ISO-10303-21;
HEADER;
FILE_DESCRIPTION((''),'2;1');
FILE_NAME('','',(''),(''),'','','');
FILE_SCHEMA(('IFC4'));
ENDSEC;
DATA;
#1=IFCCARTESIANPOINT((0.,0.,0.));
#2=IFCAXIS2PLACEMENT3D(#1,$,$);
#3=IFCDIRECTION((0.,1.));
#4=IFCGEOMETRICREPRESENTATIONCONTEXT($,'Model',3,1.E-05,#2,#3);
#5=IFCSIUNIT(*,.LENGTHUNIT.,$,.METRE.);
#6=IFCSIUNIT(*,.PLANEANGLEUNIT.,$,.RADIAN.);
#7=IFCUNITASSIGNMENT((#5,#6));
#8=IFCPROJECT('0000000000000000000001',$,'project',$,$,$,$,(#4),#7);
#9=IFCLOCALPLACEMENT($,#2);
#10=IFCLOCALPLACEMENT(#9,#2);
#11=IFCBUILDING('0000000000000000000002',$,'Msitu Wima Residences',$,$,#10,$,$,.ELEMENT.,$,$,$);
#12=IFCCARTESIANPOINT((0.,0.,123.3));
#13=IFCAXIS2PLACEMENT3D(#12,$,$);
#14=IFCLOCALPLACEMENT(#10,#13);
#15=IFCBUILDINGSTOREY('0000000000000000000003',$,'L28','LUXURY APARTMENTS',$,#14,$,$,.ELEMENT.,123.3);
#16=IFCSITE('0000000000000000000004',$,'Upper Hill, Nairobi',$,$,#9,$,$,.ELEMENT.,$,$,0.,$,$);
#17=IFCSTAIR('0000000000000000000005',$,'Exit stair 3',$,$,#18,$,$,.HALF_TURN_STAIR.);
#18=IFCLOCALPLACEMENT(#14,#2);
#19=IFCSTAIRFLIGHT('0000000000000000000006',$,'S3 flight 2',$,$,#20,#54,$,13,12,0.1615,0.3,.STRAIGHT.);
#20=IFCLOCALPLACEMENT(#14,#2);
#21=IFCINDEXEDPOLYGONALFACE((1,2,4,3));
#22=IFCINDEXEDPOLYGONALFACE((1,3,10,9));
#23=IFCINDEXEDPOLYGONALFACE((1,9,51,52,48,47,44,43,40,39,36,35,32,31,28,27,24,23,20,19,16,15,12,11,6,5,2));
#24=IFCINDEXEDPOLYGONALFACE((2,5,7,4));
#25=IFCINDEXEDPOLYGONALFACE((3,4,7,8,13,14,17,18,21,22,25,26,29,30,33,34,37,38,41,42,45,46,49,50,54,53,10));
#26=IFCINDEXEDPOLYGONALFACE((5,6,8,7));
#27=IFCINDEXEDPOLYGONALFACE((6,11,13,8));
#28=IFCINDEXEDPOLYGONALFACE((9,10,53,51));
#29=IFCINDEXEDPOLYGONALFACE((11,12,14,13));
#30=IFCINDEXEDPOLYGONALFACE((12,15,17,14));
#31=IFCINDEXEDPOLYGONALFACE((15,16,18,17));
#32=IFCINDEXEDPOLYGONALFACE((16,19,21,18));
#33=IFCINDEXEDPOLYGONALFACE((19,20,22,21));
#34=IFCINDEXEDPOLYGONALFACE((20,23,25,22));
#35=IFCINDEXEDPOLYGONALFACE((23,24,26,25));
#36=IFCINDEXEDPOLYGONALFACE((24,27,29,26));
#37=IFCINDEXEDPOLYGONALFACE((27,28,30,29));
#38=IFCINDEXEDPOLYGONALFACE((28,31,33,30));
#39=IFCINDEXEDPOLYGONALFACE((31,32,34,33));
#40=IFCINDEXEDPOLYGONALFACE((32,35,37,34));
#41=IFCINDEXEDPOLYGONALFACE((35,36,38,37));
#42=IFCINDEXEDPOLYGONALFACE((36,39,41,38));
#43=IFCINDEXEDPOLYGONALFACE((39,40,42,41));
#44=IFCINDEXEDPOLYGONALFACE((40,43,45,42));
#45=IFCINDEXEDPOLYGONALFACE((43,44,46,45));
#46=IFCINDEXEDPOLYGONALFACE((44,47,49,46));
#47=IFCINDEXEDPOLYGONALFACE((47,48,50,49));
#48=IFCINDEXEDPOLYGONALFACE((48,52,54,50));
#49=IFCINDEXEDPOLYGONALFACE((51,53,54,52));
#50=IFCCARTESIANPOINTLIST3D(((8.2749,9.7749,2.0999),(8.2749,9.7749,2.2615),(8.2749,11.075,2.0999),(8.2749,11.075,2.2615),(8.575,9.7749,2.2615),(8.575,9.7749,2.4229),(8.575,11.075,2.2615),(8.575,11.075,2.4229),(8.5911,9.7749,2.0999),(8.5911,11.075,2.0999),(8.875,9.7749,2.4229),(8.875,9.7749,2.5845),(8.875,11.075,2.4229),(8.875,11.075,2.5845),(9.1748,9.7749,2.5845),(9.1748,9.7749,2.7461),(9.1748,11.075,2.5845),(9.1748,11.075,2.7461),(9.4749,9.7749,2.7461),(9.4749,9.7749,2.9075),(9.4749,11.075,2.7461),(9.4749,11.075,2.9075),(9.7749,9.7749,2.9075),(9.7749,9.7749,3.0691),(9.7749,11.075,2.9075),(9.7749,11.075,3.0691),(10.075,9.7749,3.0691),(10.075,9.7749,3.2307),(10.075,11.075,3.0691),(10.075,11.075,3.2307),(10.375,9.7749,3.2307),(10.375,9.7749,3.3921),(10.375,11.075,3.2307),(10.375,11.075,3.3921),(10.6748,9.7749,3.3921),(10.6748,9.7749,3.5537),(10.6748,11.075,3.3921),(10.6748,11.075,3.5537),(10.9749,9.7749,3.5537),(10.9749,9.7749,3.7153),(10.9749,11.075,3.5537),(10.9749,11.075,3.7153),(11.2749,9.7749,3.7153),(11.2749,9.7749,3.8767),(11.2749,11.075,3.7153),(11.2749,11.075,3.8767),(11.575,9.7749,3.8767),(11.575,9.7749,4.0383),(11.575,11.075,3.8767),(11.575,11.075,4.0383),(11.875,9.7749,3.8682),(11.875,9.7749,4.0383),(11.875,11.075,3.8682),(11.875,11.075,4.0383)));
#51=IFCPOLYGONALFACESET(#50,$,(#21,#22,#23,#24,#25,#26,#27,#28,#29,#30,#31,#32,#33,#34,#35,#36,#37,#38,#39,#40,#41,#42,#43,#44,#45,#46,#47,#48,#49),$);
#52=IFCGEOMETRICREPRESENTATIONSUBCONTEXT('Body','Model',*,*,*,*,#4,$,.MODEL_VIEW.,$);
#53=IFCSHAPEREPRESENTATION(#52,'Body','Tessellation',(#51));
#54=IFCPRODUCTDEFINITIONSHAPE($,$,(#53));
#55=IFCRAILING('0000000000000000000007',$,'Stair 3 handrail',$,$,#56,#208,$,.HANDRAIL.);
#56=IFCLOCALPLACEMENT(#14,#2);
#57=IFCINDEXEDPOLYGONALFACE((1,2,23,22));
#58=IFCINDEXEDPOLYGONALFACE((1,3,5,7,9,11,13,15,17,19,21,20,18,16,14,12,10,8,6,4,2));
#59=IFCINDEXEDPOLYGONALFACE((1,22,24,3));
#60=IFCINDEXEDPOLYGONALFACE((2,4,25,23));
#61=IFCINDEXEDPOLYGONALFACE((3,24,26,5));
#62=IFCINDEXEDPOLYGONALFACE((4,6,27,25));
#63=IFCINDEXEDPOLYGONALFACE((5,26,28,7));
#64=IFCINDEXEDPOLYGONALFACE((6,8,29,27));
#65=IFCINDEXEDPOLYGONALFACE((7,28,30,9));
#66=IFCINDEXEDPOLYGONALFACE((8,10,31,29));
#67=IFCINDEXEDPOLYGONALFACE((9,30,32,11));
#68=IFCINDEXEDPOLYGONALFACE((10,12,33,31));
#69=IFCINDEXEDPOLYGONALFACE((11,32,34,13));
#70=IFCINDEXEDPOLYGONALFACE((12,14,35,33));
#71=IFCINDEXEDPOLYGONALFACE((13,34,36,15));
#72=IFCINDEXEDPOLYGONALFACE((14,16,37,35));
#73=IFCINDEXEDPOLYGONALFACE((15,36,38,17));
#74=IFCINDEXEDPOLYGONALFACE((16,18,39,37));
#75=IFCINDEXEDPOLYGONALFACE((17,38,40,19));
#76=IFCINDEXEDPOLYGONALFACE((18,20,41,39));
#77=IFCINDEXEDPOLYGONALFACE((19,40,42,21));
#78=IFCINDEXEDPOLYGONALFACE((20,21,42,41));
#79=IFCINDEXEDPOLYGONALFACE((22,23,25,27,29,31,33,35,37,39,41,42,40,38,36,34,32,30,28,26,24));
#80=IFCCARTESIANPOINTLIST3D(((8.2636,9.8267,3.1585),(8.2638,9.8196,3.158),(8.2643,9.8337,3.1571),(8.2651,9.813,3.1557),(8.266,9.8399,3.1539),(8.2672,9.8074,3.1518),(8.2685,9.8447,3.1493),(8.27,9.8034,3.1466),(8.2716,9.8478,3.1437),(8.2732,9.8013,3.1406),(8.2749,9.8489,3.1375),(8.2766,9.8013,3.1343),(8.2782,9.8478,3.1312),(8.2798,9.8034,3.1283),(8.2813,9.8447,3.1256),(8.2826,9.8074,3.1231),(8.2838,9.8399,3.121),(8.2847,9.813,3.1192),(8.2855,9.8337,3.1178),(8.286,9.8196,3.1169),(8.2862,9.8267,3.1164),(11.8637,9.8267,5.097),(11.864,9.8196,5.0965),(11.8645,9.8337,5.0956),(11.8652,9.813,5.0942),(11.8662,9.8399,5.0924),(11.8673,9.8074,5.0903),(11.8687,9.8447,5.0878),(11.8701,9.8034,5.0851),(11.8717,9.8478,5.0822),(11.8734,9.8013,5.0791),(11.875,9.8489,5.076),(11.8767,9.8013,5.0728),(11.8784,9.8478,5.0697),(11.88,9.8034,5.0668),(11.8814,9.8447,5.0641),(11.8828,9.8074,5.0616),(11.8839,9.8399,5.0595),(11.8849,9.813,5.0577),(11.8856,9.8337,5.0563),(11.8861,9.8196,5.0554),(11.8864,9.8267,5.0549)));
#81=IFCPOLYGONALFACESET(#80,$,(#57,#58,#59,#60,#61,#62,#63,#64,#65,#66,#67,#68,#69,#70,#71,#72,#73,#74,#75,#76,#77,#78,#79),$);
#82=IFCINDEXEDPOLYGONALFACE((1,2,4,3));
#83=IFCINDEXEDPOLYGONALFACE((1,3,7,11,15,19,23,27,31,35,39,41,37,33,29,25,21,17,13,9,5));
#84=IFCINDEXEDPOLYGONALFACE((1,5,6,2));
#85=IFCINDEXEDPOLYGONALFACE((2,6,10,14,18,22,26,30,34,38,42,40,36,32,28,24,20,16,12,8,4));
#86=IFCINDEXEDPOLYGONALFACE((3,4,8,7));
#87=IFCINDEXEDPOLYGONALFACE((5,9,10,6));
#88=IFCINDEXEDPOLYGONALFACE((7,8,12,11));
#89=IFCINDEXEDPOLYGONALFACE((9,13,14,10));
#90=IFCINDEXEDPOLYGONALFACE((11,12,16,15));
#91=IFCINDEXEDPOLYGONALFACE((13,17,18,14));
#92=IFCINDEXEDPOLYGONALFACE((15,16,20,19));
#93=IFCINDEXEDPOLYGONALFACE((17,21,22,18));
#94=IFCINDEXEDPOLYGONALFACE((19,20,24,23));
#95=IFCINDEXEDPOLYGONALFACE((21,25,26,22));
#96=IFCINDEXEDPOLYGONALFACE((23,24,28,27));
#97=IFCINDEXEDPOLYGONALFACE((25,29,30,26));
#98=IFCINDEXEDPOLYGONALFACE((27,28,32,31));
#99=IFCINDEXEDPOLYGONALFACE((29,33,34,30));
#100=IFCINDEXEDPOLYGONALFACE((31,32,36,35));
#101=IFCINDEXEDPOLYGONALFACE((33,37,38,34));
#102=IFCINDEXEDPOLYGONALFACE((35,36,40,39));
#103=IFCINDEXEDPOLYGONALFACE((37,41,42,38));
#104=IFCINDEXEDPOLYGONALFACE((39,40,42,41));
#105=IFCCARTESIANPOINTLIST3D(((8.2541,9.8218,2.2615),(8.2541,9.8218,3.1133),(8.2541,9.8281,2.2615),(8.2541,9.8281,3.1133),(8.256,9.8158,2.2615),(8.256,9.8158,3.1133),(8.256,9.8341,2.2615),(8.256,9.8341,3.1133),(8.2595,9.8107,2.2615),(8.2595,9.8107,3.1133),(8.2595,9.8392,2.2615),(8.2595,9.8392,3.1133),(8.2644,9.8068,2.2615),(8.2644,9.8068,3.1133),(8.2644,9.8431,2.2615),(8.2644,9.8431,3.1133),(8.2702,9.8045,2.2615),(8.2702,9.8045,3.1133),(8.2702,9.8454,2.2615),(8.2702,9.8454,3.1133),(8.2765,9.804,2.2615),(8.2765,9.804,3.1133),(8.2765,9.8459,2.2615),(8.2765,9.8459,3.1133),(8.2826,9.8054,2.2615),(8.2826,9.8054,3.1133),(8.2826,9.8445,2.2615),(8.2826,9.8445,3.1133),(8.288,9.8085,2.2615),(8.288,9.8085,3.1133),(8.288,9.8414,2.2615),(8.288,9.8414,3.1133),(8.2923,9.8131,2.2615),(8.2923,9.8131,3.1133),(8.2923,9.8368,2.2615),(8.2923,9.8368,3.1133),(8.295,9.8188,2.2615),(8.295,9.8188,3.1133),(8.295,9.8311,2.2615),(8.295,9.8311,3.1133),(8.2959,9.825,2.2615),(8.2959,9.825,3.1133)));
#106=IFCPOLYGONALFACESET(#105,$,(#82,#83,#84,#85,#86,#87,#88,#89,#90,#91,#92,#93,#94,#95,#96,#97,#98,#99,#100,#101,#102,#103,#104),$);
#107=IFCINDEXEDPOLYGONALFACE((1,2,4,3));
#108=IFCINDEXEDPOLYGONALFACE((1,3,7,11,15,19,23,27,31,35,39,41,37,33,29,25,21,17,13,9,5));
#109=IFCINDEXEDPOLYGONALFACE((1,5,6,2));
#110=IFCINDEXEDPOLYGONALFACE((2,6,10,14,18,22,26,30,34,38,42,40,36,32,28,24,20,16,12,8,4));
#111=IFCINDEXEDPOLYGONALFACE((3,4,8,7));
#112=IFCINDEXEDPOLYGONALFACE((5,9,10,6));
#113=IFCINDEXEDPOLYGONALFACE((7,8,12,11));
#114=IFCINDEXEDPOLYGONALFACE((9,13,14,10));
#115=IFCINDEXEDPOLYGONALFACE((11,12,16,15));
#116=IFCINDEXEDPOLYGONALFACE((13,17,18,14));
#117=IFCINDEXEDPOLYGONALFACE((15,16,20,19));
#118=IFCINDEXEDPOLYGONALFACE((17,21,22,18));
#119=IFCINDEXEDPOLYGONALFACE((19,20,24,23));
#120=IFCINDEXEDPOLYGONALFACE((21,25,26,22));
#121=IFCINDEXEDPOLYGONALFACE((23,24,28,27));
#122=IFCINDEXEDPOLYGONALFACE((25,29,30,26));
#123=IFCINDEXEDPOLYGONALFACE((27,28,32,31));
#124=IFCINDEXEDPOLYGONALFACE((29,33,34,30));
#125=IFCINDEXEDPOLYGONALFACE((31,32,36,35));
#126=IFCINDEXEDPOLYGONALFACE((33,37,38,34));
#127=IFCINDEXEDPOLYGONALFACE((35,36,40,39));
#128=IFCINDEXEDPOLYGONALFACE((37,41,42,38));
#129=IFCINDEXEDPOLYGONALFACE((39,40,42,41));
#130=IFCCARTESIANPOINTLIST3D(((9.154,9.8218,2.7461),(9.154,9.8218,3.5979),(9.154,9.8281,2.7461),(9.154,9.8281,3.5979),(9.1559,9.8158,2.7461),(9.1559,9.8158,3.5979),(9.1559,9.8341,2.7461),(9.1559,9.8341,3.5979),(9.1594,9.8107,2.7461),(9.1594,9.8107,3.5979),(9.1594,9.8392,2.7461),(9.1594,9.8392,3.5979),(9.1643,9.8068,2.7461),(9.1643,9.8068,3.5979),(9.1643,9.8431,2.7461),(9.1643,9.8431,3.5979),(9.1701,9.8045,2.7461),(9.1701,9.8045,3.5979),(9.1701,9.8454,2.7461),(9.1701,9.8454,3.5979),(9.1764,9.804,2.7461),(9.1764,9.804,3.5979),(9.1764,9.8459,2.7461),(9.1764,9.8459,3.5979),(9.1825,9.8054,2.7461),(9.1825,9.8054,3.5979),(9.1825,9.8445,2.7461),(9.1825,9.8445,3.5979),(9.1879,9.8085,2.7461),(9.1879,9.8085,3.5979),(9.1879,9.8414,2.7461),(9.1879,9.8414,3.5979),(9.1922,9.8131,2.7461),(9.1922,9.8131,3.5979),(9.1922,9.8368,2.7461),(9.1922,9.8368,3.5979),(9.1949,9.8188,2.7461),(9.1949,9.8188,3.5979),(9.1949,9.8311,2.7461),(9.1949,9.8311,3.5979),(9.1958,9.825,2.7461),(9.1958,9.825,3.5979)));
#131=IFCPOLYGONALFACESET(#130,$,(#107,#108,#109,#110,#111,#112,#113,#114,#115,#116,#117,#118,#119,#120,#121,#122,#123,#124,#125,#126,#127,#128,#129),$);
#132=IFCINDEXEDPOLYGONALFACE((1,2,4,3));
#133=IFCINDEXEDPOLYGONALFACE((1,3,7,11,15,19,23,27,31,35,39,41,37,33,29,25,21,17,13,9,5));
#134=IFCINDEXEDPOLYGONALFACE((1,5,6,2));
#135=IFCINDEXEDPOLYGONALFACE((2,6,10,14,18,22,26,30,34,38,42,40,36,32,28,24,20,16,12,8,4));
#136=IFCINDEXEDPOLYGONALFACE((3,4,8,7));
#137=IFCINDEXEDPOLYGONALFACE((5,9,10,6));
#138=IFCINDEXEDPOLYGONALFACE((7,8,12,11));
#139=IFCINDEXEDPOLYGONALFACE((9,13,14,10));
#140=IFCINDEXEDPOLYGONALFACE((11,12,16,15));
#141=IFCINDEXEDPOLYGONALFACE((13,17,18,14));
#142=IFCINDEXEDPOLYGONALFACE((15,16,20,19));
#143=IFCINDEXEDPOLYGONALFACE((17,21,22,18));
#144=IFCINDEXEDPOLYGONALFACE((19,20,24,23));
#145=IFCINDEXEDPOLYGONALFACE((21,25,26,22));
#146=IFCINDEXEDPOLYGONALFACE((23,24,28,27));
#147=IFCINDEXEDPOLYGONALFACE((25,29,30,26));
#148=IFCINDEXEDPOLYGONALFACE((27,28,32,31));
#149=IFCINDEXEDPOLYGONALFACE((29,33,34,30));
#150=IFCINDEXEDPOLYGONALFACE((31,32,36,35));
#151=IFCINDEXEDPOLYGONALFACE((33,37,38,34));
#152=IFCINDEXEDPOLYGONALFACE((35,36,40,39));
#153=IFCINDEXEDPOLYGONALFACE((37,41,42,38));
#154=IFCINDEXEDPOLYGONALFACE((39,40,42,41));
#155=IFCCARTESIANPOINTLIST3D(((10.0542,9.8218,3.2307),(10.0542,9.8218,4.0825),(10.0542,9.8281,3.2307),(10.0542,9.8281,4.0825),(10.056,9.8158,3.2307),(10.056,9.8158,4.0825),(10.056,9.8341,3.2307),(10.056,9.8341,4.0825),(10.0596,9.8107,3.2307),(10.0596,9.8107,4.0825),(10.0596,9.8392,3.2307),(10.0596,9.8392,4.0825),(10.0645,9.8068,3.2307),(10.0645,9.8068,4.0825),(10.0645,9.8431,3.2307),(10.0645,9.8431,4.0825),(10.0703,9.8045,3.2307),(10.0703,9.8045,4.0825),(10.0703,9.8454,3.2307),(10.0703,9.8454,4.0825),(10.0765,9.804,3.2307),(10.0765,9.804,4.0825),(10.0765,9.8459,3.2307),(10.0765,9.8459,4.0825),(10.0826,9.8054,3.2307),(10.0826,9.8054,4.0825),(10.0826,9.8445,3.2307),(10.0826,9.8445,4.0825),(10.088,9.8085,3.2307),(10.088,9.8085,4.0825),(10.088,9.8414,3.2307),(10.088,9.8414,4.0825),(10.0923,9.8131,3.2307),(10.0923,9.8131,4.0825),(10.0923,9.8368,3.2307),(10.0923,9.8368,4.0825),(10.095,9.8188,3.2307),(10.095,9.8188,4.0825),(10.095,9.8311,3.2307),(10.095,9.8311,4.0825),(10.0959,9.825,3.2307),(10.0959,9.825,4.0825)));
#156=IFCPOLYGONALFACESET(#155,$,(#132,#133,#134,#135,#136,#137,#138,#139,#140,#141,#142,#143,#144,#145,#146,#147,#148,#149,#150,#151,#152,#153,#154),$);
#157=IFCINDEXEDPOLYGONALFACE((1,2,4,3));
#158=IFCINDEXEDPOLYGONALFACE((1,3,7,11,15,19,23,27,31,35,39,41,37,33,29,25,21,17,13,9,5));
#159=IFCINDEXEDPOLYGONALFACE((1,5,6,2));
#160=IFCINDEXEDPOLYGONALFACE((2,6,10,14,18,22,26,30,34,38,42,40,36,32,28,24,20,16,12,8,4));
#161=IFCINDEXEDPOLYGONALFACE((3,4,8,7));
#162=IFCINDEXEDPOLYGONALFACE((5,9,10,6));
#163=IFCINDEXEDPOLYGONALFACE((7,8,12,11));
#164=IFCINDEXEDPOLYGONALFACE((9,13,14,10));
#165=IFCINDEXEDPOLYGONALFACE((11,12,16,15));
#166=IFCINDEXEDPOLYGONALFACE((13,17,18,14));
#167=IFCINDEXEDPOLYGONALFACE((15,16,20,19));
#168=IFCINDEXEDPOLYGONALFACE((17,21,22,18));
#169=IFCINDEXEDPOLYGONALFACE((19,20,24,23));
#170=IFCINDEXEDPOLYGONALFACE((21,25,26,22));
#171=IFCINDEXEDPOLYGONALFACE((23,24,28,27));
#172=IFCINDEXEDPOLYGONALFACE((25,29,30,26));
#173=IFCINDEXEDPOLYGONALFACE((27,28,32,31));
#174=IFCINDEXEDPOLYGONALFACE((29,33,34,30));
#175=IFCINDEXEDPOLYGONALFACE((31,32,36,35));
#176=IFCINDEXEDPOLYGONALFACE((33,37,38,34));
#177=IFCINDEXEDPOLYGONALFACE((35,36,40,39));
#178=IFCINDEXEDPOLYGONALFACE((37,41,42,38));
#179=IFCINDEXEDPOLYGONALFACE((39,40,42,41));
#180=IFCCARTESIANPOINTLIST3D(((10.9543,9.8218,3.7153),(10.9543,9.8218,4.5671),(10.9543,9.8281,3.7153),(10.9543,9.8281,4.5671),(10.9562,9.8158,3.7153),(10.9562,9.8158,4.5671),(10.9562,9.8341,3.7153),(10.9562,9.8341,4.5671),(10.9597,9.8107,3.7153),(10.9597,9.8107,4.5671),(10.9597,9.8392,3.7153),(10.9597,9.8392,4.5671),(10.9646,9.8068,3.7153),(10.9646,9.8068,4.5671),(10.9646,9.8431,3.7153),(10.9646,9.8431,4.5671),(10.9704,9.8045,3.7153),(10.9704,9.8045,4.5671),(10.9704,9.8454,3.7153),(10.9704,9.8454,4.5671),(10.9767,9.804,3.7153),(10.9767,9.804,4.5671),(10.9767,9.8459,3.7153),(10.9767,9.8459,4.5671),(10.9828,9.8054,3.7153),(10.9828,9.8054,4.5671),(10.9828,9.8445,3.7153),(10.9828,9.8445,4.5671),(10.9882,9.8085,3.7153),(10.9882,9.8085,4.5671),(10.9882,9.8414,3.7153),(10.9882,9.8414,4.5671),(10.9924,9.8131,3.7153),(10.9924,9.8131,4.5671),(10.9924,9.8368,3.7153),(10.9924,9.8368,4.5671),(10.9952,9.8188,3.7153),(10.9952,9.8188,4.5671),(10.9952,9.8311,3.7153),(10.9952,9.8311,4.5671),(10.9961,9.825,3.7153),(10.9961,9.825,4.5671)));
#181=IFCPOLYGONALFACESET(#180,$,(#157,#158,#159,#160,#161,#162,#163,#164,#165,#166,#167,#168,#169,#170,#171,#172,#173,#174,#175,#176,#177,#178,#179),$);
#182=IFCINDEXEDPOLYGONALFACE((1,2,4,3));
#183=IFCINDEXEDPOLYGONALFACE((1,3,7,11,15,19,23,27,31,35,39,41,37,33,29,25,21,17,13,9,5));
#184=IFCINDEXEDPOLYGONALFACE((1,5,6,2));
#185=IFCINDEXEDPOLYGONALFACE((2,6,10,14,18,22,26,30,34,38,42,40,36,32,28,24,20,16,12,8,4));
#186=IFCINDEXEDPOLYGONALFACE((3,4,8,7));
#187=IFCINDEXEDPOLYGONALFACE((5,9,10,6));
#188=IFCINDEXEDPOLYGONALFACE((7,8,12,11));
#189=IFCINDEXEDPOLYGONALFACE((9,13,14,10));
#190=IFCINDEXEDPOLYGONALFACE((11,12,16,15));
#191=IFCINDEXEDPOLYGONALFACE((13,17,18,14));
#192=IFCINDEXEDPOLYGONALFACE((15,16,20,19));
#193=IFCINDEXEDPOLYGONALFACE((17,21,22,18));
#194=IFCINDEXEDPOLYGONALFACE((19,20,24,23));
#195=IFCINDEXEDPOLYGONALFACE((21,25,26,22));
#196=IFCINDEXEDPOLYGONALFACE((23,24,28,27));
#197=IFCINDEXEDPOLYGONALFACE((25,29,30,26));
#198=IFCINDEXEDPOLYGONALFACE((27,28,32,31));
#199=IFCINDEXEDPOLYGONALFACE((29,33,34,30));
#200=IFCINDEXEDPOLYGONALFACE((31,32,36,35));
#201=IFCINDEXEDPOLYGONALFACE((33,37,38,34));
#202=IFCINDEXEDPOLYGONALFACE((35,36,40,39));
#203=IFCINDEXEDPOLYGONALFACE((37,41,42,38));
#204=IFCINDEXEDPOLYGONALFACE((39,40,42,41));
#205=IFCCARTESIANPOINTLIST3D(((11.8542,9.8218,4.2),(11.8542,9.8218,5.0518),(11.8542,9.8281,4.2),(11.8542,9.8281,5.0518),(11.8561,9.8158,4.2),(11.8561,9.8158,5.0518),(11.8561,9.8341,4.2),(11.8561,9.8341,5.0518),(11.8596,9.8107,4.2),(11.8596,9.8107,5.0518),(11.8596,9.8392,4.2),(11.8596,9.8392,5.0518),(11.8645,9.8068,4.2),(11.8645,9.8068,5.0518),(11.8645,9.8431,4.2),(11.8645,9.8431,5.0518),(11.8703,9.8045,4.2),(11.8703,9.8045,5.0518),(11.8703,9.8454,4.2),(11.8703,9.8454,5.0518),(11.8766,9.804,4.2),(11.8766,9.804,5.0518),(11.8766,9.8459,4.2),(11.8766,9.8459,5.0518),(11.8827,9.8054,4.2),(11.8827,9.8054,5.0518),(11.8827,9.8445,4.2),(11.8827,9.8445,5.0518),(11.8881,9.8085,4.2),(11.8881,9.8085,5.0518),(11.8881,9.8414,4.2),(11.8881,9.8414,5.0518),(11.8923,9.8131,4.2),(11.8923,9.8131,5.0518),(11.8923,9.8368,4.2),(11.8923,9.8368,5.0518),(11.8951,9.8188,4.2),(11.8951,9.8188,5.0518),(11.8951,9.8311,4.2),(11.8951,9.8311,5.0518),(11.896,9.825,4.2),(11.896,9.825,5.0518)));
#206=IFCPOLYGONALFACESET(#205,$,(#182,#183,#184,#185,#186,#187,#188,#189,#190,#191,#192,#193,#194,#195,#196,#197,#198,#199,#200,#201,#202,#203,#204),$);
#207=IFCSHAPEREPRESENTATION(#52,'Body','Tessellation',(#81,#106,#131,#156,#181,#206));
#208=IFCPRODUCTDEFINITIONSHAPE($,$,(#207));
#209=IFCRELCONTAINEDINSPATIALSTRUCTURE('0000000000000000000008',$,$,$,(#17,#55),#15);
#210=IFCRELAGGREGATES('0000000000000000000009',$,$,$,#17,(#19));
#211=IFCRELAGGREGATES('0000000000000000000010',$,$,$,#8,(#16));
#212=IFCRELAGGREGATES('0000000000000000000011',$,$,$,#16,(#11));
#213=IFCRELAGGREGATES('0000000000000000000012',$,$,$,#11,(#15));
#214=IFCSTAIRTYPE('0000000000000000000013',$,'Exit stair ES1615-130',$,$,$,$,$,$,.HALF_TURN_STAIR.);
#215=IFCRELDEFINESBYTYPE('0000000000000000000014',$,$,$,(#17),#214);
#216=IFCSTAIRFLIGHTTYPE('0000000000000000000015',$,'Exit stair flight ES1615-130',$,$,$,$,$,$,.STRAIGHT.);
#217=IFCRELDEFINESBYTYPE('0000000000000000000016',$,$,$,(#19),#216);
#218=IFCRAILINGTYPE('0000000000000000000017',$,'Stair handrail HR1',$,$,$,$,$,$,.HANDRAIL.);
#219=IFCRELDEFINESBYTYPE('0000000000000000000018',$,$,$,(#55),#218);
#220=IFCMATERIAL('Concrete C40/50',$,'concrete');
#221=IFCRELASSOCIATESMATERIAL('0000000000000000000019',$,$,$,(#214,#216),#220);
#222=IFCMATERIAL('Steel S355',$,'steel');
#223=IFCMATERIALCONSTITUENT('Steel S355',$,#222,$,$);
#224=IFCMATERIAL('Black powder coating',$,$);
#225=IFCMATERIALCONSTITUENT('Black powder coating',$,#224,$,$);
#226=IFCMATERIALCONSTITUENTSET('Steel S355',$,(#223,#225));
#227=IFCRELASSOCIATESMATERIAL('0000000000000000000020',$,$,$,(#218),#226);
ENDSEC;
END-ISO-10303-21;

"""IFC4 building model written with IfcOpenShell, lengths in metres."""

from ifc_helpers import new_model, si_unit, direction, frame, origin, origin_2d, place, context, subcontext, project, spatial, polyline, circle, outline, extrude, material, constituent, constituent_set, type_object, element, aggregate, save


model = new_model("IFC4")

# Units and contexts
model_context = context("Model", 3, precision=1e-05, world=origin(), true_north=direction((0.0, 1.0)))
body_context = subcontext(model_context, "Body", "Model", "MODEL_VIEW")
ifc_project = project(units=[si_unit("LENGTHUNIT", "METRE"), si_unit("PLANEANGLEUNIT", "RADIAN")], contexts=[model_context])

# Site, building, storey
site_placement = place(None, origin())
site = spatial("IfcSite", under=ifc_project, at=site_placement, Name="Upper Hill, Nairobi", CompositionType="ELEMENT", RefElevation=0.0)
building_placement = place(site_placement, origin())
building = spatial("IfcBuilding", under=site, at=building_placement, Name="Msitu Wima Residences", CompositionType="ELEMENT")
storey_placement = place(building_placement, frame((0.0, 0.0, 123.3)))
storey = spatial("IfcBuildingStorey", under=building, at=storey_placement, Name="L28", Description="LUXURY APARTMENTS", CompositionType="ELEMENT", Elevation=123.3)

# Shared definitions
ifc_material_1 = material(Name="Concrete C40/50", Category="concrete")

# Stair
stair_type = type_object("IfcStairType", Name="Exit stair ES1615-130", PredefinedType="HALF_TURN_STAIR", material=ifc_material_1)
stair_1_placement = place(storey_placement, origin())
stair_1 = element("IfcStair", 1, at=stair_1_placement, inside=storey, type_object=stair_type, Name="Exit stair 3", PredefinedType="HALF_TURN_STAIR")

# Stair flight
stair_flight_type = type_object("IfcStairFlightType", Name="Exit stair flight ES1615-130", PredefinedType="STRAIGHT", material=ifc_material_1)
stair_flight_placement = place(storey_placement, frame((8.2749, 10.425, 2.0999), z_axis=(0.0, 0.0, 1.0), x_axis=(1.0, 0.0, 0.0)))
stair_flight = element("IfcStairFlight", 2, at=stair_flight_placement, type_object=stair_flight_type, Name="S3 flight 2", NumberOfRisers=13, NumberOfTreads=12, PredefinedType="STRAIGHT", RiserHeight=0.1615, TreadLength=0.3, context=body_context, shape_type="SweptSolid", body=[
    extrude(outline(polyline([(0.0, 0.0), (0.0, 0.1616), (0.3, 0.1616), (0.3, 0.323), (0.6001, 0.323), (0.6001, 0.4846), (0.8999, 0.4846), (0.8999, 0.6462), (1.2, 0.6462), (1.2, 0.8076), (1.5, 0.8076), (1.5, 0.9692), (1.8, 0.9692), (1.8, 1.1309), (2.1001, 1.1309), (2.1001, 1.2922), (2.3999, 1.2922), (2.3999, 1.4539), (2.7, 1.4539), (2.7, 1.6155), (3.0, 1.6155), (3.0, 1.7769), (3.3, 1.7769), (3.3, 1.9385), (3.6001, 1.9385), (3.6001, 2.1001), (3.6001, 1.7683), (0.3162, 0.0), (0.0, 0.0)])), frame((0.0, 0.6499, 0.0), z_axis=(0.0, -1.0, 0.0), x_axis=(1.0, 0.0, 0.0)), (0.0, 0.0, 1.0), 1.3),
])
aggregate(stair_1, [stair_flight])

# Railing
ifc_material_2 = material(Name="Steel S355", Category="steel")
ifc_constituent_1 = constituent(ifc_material_2, Name="Steel S355")
ifc_material_3 = material(Name="Black powder coating")
ifc_constituent_2 = constituent(ifc_material_3, Name="Black powder coating")
ifc_constituent_set = constituent_set(constituents=[ifc_constituent_1, ifc_constituent_2], Name="Steel S355")
railing_type = type_object("IfcRailingType", Name="Stair handrail HR1", PredefinedType="HANDRAIL", material=ifc_constituent_set)
for number, where, name in (
    (3, (8.2749, 9.825, 2.2615), "Stair 3 handrail"),
):
    element("IfcRailing", number, at=place(storey_placement, frame(where)), inside=storey, type_object=railing_type, Name=name, PredefinedType="HANDRAIL", context=body_context, shape_type="SweptSolid", body=[
        extrude(circle(Radius=0.0239, at=origin_2d()), frame((0.0, 0.0, 0.876), z_axis=(0.880475, 0.0, 0.474093), x_axis=(0.0, 1.0, 0.0)), (0.0, 0.0, 1.0), 4.0889),
        extrude(circle(Radius=0.021, at=origin_2d()), origin(), (0.0, 0.0, 1.0), 0.8518),
        extrude(circle(Radius=0.021, at=origin_2d()), frame((0.8999, 0.0, 0.4846)), (0.0, 0.0, 1.0), 0.8518),
        extrude(circle(Radius=0.021, at=origin_2d()), frame((1.8, 0.0, 0.9692)), (0.0, 0.0, 1.0), 0.8518),
        extrude(circle(Radius=0.021, at=origin_2d()), frame((2.7002, 0.0, 1.4539)), (0.0, 0.0, 1.0), 0.8518),
        extrude(circle(Radius=0.021, at=origin_2d()), frame((3.6001, 0.0, 1.9385)), (0.0, 0.0, 1.0), 0.8518),
    ])

save(model, "model.ifc")
